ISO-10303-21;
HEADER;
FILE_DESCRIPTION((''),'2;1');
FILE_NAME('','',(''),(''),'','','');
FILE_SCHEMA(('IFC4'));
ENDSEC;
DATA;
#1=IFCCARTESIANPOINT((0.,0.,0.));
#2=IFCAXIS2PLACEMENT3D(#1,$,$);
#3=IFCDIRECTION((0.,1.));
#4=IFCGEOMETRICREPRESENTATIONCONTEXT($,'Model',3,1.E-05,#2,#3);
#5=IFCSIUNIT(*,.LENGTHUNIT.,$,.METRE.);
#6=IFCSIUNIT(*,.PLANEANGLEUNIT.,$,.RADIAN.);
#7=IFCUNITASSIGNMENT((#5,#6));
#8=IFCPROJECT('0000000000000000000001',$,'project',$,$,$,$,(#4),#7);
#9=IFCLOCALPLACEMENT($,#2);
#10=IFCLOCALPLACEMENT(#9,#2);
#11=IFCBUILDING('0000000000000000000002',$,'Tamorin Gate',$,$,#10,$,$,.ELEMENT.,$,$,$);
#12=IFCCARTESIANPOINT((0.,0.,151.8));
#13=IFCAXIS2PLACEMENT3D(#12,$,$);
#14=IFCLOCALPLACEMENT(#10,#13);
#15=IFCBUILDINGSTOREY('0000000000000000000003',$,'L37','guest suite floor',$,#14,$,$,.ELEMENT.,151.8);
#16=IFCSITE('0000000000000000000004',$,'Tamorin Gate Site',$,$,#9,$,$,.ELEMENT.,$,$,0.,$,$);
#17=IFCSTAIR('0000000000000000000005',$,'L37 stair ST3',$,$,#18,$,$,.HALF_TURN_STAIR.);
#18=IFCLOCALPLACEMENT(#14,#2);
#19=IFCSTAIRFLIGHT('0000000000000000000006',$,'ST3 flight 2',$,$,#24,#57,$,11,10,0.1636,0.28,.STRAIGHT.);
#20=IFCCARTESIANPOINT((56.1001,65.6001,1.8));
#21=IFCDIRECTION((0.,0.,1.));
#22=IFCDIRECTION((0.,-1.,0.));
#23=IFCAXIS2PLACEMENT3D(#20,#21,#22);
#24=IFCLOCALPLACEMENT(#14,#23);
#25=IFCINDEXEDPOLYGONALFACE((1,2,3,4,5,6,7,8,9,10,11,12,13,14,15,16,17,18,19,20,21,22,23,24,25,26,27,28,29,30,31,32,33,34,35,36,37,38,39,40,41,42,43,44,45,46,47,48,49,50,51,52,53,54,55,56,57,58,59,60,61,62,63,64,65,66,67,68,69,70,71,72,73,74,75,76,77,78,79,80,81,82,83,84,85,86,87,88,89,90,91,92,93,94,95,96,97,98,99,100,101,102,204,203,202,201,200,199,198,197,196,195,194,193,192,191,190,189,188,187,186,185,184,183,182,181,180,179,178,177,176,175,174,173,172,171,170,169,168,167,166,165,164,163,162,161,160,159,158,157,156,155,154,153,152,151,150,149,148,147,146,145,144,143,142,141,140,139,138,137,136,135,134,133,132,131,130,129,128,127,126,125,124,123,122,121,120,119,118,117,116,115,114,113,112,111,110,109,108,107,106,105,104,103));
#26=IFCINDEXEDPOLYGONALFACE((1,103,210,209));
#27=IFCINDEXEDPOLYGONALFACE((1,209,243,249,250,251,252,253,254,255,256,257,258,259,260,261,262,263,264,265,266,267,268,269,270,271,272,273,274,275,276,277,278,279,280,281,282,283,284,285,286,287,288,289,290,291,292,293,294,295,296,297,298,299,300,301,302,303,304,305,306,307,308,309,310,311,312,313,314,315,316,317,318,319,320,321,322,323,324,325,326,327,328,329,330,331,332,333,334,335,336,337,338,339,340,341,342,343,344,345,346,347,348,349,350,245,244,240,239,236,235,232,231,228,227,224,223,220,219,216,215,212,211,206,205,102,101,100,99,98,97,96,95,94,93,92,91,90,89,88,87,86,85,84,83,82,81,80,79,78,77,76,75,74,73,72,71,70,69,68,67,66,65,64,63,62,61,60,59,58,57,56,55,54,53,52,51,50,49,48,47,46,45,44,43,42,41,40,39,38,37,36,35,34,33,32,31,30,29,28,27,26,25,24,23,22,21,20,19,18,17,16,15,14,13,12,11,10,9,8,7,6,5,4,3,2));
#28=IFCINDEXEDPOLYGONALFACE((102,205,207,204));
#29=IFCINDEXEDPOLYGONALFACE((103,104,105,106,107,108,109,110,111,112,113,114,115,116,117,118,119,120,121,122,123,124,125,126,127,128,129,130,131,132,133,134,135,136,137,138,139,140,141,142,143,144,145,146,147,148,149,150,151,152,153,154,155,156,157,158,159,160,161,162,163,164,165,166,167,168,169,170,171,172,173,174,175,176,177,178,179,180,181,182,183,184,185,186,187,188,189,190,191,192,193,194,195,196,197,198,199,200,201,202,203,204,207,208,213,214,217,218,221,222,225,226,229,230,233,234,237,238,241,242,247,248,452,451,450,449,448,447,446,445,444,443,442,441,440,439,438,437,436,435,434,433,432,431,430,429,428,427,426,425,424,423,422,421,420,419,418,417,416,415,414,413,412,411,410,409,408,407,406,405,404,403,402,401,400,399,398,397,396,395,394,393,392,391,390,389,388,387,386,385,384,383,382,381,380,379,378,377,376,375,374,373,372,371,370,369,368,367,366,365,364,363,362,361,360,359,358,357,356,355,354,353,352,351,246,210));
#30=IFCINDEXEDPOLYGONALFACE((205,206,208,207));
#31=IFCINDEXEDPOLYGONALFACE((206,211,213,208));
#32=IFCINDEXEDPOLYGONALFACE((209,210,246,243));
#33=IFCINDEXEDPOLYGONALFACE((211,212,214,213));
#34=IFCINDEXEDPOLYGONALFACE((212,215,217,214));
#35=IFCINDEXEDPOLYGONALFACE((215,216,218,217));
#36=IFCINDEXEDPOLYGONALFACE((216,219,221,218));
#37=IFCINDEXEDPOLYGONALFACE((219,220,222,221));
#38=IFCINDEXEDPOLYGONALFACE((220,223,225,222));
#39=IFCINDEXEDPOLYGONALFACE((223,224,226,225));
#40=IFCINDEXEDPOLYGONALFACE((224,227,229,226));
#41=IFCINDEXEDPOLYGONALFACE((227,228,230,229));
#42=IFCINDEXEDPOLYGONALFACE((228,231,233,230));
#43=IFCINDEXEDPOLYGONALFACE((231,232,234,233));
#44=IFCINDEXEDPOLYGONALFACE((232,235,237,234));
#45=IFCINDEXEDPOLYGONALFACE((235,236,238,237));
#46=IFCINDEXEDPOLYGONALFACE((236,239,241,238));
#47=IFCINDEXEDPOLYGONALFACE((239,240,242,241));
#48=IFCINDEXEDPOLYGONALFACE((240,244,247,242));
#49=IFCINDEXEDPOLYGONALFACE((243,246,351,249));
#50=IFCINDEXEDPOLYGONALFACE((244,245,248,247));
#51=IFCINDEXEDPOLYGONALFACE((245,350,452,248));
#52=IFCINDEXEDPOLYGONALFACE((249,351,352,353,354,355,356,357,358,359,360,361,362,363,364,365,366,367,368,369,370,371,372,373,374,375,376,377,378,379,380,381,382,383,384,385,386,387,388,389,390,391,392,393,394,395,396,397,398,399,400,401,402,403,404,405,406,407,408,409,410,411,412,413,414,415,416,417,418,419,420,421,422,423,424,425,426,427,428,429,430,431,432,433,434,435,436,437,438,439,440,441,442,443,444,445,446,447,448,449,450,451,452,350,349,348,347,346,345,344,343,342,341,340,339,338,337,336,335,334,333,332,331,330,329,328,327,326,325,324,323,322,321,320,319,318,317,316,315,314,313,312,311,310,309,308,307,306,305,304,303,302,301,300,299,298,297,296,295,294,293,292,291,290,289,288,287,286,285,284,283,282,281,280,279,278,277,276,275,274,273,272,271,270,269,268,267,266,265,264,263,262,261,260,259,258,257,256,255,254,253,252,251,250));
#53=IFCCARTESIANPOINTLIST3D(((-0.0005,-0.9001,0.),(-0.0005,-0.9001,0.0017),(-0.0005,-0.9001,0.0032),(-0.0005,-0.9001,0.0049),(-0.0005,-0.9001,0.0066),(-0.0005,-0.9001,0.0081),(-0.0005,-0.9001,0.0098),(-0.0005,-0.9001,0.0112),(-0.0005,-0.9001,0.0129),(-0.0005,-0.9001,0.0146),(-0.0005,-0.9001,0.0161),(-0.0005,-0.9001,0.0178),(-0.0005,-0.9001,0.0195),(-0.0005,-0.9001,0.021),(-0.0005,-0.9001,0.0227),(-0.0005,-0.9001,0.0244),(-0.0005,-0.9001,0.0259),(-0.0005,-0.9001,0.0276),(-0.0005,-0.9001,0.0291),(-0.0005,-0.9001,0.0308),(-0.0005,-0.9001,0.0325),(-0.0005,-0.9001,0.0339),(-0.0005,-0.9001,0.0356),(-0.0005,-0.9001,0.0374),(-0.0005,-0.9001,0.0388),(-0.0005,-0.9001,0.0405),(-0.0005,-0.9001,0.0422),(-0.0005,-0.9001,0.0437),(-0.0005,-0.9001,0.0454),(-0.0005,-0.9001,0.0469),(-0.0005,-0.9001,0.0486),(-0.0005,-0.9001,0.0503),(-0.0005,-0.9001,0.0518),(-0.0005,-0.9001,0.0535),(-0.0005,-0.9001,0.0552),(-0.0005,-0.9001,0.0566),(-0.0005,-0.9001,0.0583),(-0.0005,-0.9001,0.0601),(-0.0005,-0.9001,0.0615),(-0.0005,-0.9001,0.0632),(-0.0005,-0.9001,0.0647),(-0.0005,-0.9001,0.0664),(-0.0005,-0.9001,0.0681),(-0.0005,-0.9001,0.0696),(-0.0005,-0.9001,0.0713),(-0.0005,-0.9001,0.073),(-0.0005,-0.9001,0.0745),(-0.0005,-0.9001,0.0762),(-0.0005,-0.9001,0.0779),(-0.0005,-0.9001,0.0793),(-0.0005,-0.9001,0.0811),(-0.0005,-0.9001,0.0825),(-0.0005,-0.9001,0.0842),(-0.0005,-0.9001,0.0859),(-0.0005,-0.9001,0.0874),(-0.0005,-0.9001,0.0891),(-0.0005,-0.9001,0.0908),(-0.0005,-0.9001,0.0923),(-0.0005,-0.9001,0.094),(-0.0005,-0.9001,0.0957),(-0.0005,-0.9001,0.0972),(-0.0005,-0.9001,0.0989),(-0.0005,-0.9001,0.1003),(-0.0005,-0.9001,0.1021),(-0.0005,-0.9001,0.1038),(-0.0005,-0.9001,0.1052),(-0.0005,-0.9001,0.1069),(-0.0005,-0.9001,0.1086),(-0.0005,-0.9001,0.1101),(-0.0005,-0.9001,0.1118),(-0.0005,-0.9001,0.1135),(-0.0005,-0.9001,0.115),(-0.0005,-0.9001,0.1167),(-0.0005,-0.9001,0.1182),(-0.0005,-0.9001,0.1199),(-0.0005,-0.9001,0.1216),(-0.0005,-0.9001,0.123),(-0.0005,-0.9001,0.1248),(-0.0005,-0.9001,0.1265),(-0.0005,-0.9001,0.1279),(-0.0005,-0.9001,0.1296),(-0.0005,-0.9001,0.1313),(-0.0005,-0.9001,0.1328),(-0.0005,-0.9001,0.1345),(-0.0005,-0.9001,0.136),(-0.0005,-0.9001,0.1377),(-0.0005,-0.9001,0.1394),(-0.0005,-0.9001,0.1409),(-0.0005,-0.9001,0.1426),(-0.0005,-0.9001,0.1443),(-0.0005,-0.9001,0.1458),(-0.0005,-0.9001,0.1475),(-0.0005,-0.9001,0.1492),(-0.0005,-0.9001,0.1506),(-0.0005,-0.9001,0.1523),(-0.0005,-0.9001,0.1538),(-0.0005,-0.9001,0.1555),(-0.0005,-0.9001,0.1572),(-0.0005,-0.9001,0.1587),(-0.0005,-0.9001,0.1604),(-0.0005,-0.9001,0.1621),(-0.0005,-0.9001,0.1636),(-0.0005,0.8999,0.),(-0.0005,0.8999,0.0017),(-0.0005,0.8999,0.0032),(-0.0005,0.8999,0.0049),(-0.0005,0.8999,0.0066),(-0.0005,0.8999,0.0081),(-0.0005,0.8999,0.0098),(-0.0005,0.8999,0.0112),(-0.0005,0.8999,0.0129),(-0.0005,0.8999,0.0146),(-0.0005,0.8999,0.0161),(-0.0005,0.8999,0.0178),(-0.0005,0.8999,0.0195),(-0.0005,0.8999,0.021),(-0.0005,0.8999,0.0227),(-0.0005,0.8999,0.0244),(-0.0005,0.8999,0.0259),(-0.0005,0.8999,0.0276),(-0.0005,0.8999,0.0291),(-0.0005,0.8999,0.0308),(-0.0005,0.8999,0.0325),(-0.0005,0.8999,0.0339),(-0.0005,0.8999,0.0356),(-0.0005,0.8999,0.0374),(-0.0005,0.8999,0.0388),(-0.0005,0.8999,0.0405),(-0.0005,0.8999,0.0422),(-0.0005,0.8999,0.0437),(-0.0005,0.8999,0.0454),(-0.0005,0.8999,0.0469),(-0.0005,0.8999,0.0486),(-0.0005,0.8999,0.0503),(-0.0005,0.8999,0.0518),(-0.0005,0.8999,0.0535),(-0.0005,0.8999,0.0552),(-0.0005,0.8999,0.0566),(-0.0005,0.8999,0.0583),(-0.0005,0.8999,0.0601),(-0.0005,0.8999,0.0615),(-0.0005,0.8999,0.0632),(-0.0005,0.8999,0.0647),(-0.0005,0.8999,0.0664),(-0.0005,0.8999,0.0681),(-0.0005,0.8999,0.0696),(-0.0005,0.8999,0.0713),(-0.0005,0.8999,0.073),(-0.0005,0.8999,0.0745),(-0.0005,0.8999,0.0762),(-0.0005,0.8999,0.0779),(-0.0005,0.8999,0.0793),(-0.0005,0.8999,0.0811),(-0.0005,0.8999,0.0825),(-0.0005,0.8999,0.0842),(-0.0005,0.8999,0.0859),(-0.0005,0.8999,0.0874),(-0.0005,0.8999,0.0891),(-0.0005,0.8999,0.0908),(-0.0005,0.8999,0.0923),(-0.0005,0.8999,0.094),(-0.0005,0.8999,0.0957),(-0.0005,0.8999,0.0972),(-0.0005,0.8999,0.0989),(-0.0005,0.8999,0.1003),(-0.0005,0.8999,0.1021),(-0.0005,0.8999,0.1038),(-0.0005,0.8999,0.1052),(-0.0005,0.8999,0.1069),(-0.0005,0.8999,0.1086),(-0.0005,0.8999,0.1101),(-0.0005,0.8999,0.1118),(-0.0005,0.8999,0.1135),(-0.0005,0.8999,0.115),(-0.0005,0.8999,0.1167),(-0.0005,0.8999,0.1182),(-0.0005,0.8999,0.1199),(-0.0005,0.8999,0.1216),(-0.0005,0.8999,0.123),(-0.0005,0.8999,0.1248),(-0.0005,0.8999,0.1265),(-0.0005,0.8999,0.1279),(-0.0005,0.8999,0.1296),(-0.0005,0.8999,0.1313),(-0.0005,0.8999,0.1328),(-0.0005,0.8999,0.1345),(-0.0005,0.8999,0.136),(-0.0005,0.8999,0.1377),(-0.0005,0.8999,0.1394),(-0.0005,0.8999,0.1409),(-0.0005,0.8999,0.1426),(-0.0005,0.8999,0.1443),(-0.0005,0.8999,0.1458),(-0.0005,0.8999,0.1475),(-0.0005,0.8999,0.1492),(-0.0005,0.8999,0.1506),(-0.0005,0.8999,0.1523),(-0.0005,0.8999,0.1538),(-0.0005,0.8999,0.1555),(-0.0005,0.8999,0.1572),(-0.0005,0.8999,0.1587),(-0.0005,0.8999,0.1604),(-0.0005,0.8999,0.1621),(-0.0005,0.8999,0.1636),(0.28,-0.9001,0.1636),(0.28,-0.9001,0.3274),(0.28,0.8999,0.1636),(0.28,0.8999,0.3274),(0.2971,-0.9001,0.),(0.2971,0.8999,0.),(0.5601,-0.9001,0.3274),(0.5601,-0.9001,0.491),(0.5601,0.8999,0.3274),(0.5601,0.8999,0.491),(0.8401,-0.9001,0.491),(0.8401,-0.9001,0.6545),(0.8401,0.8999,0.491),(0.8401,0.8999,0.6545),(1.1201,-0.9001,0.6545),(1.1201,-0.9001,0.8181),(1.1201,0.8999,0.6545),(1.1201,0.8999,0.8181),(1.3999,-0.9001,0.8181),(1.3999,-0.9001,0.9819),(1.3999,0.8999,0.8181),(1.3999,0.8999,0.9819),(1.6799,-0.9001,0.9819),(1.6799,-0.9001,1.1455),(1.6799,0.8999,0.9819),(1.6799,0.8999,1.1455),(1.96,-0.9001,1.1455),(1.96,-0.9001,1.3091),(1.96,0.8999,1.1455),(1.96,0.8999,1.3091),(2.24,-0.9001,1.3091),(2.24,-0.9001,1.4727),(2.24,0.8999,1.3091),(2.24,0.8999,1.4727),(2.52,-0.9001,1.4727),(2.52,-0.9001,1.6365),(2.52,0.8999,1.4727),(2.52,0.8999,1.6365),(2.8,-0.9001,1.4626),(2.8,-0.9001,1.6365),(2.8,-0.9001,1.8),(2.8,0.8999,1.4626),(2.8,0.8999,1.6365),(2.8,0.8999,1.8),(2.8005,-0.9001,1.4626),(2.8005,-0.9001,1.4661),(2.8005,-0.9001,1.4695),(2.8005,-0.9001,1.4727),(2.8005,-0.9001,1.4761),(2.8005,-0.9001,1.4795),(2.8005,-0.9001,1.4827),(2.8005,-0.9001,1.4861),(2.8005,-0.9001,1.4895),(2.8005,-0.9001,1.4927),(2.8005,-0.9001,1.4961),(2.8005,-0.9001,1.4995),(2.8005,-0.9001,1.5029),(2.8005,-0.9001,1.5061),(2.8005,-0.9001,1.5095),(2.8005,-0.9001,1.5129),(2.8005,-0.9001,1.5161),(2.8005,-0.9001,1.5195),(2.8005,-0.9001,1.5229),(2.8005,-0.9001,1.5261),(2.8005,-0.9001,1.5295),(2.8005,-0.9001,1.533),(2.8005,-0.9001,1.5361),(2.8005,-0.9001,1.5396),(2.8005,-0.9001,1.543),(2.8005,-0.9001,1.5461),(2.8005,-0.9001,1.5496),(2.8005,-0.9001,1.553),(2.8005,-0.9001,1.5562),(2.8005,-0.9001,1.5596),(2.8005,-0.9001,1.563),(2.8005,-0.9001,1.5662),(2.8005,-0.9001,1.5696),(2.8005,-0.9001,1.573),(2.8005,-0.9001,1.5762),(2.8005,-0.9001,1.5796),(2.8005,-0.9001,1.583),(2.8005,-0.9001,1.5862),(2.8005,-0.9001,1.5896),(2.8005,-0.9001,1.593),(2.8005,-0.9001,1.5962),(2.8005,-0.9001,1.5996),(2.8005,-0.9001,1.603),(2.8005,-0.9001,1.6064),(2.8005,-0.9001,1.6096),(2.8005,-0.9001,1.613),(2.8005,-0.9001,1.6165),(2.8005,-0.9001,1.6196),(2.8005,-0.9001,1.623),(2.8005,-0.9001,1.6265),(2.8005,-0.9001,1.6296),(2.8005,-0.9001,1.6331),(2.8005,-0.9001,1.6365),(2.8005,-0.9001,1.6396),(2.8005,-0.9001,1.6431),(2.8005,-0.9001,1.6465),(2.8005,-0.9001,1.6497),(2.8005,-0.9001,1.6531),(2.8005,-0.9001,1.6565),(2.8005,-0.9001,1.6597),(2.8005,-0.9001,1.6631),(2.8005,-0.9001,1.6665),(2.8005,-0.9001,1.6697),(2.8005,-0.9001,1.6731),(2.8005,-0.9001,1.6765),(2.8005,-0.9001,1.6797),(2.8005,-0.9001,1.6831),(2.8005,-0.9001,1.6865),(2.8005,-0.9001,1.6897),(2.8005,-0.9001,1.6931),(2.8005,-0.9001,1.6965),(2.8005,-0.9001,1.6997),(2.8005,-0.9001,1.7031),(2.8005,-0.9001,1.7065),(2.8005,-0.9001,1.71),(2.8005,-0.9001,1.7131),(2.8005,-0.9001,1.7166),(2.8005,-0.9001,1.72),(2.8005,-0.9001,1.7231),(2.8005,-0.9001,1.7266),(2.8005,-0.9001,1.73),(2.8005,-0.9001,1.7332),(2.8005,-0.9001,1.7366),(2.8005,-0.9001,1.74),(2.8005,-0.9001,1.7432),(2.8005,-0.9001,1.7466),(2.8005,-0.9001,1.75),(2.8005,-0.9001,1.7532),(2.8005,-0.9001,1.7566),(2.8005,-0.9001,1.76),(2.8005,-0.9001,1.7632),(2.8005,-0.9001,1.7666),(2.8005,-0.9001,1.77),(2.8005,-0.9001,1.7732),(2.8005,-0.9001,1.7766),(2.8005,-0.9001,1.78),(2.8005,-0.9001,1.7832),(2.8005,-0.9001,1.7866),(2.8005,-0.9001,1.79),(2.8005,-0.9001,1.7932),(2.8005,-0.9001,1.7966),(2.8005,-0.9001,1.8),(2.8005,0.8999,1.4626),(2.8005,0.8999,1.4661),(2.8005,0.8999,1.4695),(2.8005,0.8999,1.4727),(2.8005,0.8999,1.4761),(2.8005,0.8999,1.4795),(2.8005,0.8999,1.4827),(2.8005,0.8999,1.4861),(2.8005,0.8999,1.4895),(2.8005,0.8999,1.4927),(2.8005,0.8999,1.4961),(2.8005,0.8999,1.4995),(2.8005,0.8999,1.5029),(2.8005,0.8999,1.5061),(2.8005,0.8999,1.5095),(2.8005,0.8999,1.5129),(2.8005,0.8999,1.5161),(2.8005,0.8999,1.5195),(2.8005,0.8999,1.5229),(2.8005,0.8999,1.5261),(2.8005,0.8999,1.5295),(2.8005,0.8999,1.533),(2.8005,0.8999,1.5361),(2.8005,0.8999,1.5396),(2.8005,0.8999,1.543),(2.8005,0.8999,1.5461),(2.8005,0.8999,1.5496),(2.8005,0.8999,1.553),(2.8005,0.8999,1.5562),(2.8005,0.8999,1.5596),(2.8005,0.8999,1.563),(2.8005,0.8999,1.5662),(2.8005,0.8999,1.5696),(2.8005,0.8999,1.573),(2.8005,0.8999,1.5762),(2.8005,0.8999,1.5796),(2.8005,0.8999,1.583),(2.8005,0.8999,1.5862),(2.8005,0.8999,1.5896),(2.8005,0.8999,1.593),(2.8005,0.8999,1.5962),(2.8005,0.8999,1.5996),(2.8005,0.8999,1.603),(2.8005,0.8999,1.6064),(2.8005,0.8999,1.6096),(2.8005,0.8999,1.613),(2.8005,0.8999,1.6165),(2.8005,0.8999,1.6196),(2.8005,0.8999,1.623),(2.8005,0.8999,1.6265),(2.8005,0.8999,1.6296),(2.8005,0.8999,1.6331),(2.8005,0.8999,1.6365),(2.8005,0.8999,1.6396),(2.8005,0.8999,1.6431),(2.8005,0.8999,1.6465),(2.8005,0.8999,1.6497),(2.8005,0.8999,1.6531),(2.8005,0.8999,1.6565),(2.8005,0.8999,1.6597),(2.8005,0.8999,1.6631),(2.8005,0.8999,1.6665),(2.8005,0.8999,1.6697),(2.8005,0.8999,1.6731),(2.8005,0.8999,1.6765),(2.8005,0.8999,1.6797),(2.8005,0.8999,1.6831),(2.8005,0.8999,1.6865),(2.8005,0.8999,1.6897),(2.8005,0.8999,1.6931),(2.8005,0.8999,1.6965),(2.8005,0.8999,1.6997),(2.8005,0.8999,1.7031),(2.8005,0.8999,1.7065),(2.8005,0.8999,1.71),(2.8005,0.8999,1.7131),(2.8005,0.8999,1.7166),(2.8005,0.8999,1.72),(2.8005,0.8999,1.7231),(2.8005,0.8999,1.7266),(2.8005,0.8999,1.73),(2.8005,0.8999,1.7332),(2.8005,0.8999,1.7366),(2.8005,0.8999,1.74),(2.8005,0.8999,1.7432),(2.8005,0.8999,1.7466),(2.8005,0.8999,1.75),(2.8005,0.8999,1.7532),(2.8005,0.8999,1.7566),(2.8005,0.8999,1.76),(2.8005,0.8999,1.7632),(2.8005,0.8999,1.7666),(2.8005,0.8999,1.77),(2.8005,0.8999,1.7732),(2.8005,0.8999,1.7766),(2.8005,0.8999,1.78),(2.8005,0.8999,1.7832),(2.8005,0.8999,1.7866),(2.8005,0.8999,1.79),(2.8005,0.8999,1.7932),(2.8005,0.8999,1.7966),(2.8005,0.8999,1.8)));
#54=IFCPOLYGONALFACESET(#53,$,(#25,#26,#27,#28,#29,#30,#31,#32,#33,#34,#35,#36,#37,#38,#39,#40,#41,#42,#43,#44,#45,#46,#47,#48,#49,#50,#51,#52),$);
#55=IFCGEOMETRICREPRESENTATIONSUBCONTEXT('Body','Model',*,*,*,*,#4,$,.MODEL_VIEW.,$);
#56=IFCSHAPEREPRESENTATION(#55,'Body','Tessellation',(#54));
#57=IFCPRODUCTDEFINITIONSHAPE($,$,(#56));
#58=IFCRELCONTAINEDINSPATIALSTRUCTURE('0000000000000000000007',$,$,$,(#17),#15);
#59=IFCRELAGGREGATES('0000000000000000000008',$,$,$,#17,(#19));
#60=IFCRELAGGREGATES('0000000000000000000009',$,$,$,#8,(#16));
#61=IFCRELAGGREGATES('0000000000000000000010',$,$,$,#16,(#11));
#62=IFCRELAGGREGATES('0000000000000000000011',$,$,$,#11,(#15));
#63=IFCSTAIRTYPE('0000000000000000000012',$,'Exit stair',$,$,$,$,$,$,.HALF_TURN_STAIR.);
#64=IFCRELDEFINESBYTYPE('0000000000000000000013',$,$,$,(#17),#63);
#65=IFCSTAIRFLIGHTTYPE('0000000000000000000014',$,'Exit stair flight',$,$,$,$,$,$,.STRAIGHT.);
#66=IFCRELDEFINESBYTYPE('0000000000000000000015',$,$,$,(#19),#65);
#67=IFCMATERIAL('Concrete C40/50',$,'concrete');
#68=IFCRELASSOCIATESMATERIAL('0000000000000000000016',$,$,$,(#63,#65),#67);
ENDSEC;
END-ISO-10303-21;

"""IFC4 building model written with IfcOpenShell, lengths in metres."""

from ifc_helpers import new_model, si_unit, direction, frame, origin, place, context, subcontext, project, spatial, polyline, outline, extrude, material, type_object, element, aggregate, save


model = new_model("IFC4")

# Units and contexts
model_context = context("Model", 3, precision=1e-05, world=origin(), true_north=direction((0.0, 1.0)))
body_context = subcontext(model_context, "Body", "Model", "MODEL_VIEW")
ifc_project = project(units=[si_unit("LENGTHUNIT", "METRE"), si_unit("PLANEANGLEUNIT", "RADIAN")], contexts=[model_context])

# Site, building, storey
site_placement = place(None, origin())
site = spatial("IfcSite", under=ifc_project, at=site_placement, Name="Tamorin Gate Site", CompositionType="ELEMENT", RefElevation=0.0)
building_placement = place(site_placement, origin())
building = spatial("IfcBuilding", under=site, at=building_placement, Name="Tamorin Gate", CompositionType="ELEMENT")
storey_placement = place(building_placement, frame((0.0, 0.0, 151.8)))
storey = spatial("IfcBuildingStorey", under=building, at=storey_placement, Name="L37", Description="guest suite floor", CompositionType="ELEMENT", Elevation=151.8)

# Shared definitions
ifc_material_1 = material(Name="Concrete C40/50", Category="concrete")

# Stair, stair flight
stair_type = type_object("IfcStairType", Name="Exit stair", PredefinedType="HALF_TURN_STAIR", material=ifc_material_1)
stair_placement = place(storey_placement, origin())
stair = element("IfcStair", 1, at=stair_placement, inside=storey, type_object=stair_type, Name="L37 stair ST3", PredefinedType="HALF_TURN_STAIR")
stair_flight_type = type_object("IfcStairFlightType", Name="Exit stair flight", PredefinedType="STRAIGHT", material=ifc_material_1)
stair_flight_placement = place(storey_placement, frame((56.1001, 65.6001, 1.8), z_axis=(0.0, 0.0, 1.0), x_axis=(0.0, -1.0, 0.0)))
stair_flight = element("IfcStairFlight", 2, at=stair_flight_placement, type_object=stair_flight_type, Name="ST3 flight 2", NumberOfRisers=11, NumberOfTreads=10, PredefinedType="STRAIGHT", RiserHeight=0.1636, TreadLength=0.28, context=body_context, shape_type="SweptSolid", body=[
    extrude(outline(polyline([(-0.0005, 0.0), (-0.0005, 0.0017), (-0.0005, 0.0032), (-0.0005, 0.0049), (-0.0005, 0.0066), (-0.0005, 0.0081), (-0.0005, 0.0098), (-0.0005, 0.0112), (-0.0005, 0.0129), (-0.0005, 0.0146), (-0.0005, 0.0161), (-0.0005, 0.0178), (-0.0005, 0.0195), (-0.0005, 0.021), (-0.0005, 0.0227), (-0.0005, 0.0244), (-0.0005, 0.0259), (-0.0005, 0.0276), (-0.0005, 0.0291), (-0.0005, 0.0308), (-0.0005, 0.0325), (-0.0005, 0.0339), (-0.0005, 0.0356), (-0.0005, 0.0374), (-0.0005, 0.0388), (-0.0005, 0.0405), (-0.0005, 0.0422), (-0.0005, 0.0437), (-0.0005, 0.0454), (-0.0005, 0.0469), (-0.0005, 0.0486), (-0.0005, 0.0503), (-0.0005, 0.0518), (-0.0005, 0.0535), (-0.0005, 0.0552), (-0.0005, 0.0566), (-0.0005, 0.0583), (-0.0005, 0.0601), (-0.0005, 0.0615), (-0.0005, 0.0632), (-0.0005, 0.0647), (-0.0005, 0.0664), (-0.0005, 0.0681), (-0.0005, 0.0696), (-0.0005, 0.0713), (-0.0005, 0.073), (-0.0005, 0.0745), (-0.0005, 0.0762), (-0.0005, 0.0779), (-0.0005, 0.0793), (-0.0005, 0.0811), (-0.0005, 0.0825), (-0.0005, 0.0842), (-0.0005, 0.0859), (-0.0005, 0.0874), (-0.0005, 0.0891), (-0.0005, 0.0908), (-0.0005, 0.0923), (-0.0005, 0.094), (-0.0005, 0.0957), (-0.0005, 0.0972), (-0.0005, 0.0989), (-0.0005, 0.1003), (-0.0005, 0.1021), (-0.0005, 0.1038), (-0.0005, 0.1052), (-0.0005, 0.1069), (-0.0005, 0.1086), (-0.0005, 0.1101), (-0.0005, 0.1118), (-0.0005, 0.1135), (-0.0005, 0.115), (-0.0005, 0.1167), (-0.0005, 0.1182), (-0.0005, 0.1199), (-0.0005, 0.1216), (-0.0005, 0.123), (-0.0005, 0.1248), (-0.0005, 0.1265), (-0.0005, 0.1279), (-0.0005, 0.1296), (-0.0005, 0.1313), (-0.0005, 0.1328), (-0.0005, 0.1345), (-0.0005, 0.136), (-0.0005, 0.1377), (-0.0005, 0.1394), (-0.0005, 0.1409), (-0.0005, 0.1426), (-0.0005, 0.1443), (-0.0005, 0.1458), (-0.0005, 0.1475), (-0.0005, 0.1492), (-0.0005, 0.1506), (-0.0005, 0.1523), (-0.0005, 0.1538), (-0.0005, 0.1555), (-0.0005, 0.1572), (-0.0005, 0.1587), (-0.0005, 0.1604), (-0.0005, 0.1621), (-0.0005, 0.1636), (0.28, 0.1636), (0.28, 0.3274), (0.5601, 0.3274), (0.5601, 0.491), (0.8401, 0.491), (0.8401, 0.6545), (1.1201, 0.6545), (1.1201, 0.8181), (1.3999, 0.8181), (1.3999, 0.9819), (1.6799, 0.9819), (1.6799, 1.1455), (1.96, 1.1455), (1.96, 1.3091), (2.24, 1.3091), (2.24, 1.4727), (2.52, 1.4727), (2.52, 1.6365), (2.8, 1.6365), (2.8, 1.8), (2.8005, 1.8), (2.8005, 1.7966), (2.8005, 1.7932), (2.8005, 1.79), (2.8005, 1.7866), (2.8005, 1.7832), (2.8005, 1.78), (2.8005, 1.7766), (2.8005, 1.7732), (2.8005, 1.77), (2.8005, 1.7666), (2.8005, 1.7632), (2.8005, 1.76), (2.8005, 1.7566), (2.8005, 1.7532), (2.8005, 1.75), (2.8005, 1.7466), (2.8005, 1.7432), (2.8005, 1.74), (2.8005, 1.7366), (2.8005, 1.7332), (2.8005, 1.73), (2.8005, 1.7266), (2.8005, 1.7231), (2.8005, 1.72), (2.8005, 1.7166), (2.8005, 1.7131), (2.8005, 1.71), (2.8005, 1.7065), (2.8005, 1.7031), (2.8005, 1.6997), (2.8005, 1.6965), (2.8005, 1.6931), (2.8005, 1.6897), (2.8005, 1.6865), (2.8005, 1.6831), (2.8005, 1.6797), (2.8005, 1.6765), (2.8005, 1.6731), (2.8005, 1.6697), (2.8005, 1.6665), (2.8005, 1.6631), (2.8005, 1.6597), (2.8005, 1.6565), (2.8005, 1.6531), (2.8005, 1.6497), (2.8005, 1.6465), (2.8005, 1.6431), (2.8005, 1.6396), (2.8005, 1.6365), (2.8005, 1.6331), (2.8005, 1.6296), (2.8005, 1.6265), (2.8005, 1.623), (2.8005, 1.6196), (2.8005, 1.6165), (2.8005, 1.613), (2.8005, 1.6096), (2.8005, 1.6064), (2.8005, 1.603), (2.8005, 1.5996), (2.8005, 1.5962), (2.8005, 1.593), (2.8005, 1.5896), (2.8005, 1.5862), (2.8005, 1.583), (2.8005, 1.5796), (2.8005, 1.5762), (2.8005, 1.573), (2.8005, 1.5696), (2.8005, 1.5662), (2.8005, 1.563), (2.8005, 1.5596), (2.8005, 1.5562), (2.8005, 1.553), (2.8005, 1.5496), (2.8005, 1.5461), (2.8005, 1.543), (2.8005, 1.5396), (2.8005, 1.5361), (2.8005, 1.533), (2.8005, 1.5295), (2.8005, 1.5261), (2.8005, 1.5229), (2.8005, 1.5195), (2.8005, 1.5161), (2.8005, 1.5129), (2.8005, 1.5095), (2.8005, 1.5061), (2.8005, 1.5029), (2.8005, 1.4995), (2.8005, 1.4961), (2.8005, 1.4927), (2.8005, 1.4895), (2.8005, 1.4861), (2.8005, 1.4827), (2.8005, 1.4795), (2.8005, 1.4761), (2.8005, 1.4727), (2.8005, 1.4695), (2.8005, 1.4661), (2.8005, 1.4626), (2.8, 1.4626), (0.2971, 0.0), (-0.0005, 0.0)])), frame((0.0, 0.8999, 0.0), z_axis=(0.0, -1.0, 0.0), x_axis=(1.0, 0.0, 0.0)), (0.0, 0.0, 1.0), 1.8),
])
aggregate(stair, [stair_flight])

save(model, "model.ifc")
